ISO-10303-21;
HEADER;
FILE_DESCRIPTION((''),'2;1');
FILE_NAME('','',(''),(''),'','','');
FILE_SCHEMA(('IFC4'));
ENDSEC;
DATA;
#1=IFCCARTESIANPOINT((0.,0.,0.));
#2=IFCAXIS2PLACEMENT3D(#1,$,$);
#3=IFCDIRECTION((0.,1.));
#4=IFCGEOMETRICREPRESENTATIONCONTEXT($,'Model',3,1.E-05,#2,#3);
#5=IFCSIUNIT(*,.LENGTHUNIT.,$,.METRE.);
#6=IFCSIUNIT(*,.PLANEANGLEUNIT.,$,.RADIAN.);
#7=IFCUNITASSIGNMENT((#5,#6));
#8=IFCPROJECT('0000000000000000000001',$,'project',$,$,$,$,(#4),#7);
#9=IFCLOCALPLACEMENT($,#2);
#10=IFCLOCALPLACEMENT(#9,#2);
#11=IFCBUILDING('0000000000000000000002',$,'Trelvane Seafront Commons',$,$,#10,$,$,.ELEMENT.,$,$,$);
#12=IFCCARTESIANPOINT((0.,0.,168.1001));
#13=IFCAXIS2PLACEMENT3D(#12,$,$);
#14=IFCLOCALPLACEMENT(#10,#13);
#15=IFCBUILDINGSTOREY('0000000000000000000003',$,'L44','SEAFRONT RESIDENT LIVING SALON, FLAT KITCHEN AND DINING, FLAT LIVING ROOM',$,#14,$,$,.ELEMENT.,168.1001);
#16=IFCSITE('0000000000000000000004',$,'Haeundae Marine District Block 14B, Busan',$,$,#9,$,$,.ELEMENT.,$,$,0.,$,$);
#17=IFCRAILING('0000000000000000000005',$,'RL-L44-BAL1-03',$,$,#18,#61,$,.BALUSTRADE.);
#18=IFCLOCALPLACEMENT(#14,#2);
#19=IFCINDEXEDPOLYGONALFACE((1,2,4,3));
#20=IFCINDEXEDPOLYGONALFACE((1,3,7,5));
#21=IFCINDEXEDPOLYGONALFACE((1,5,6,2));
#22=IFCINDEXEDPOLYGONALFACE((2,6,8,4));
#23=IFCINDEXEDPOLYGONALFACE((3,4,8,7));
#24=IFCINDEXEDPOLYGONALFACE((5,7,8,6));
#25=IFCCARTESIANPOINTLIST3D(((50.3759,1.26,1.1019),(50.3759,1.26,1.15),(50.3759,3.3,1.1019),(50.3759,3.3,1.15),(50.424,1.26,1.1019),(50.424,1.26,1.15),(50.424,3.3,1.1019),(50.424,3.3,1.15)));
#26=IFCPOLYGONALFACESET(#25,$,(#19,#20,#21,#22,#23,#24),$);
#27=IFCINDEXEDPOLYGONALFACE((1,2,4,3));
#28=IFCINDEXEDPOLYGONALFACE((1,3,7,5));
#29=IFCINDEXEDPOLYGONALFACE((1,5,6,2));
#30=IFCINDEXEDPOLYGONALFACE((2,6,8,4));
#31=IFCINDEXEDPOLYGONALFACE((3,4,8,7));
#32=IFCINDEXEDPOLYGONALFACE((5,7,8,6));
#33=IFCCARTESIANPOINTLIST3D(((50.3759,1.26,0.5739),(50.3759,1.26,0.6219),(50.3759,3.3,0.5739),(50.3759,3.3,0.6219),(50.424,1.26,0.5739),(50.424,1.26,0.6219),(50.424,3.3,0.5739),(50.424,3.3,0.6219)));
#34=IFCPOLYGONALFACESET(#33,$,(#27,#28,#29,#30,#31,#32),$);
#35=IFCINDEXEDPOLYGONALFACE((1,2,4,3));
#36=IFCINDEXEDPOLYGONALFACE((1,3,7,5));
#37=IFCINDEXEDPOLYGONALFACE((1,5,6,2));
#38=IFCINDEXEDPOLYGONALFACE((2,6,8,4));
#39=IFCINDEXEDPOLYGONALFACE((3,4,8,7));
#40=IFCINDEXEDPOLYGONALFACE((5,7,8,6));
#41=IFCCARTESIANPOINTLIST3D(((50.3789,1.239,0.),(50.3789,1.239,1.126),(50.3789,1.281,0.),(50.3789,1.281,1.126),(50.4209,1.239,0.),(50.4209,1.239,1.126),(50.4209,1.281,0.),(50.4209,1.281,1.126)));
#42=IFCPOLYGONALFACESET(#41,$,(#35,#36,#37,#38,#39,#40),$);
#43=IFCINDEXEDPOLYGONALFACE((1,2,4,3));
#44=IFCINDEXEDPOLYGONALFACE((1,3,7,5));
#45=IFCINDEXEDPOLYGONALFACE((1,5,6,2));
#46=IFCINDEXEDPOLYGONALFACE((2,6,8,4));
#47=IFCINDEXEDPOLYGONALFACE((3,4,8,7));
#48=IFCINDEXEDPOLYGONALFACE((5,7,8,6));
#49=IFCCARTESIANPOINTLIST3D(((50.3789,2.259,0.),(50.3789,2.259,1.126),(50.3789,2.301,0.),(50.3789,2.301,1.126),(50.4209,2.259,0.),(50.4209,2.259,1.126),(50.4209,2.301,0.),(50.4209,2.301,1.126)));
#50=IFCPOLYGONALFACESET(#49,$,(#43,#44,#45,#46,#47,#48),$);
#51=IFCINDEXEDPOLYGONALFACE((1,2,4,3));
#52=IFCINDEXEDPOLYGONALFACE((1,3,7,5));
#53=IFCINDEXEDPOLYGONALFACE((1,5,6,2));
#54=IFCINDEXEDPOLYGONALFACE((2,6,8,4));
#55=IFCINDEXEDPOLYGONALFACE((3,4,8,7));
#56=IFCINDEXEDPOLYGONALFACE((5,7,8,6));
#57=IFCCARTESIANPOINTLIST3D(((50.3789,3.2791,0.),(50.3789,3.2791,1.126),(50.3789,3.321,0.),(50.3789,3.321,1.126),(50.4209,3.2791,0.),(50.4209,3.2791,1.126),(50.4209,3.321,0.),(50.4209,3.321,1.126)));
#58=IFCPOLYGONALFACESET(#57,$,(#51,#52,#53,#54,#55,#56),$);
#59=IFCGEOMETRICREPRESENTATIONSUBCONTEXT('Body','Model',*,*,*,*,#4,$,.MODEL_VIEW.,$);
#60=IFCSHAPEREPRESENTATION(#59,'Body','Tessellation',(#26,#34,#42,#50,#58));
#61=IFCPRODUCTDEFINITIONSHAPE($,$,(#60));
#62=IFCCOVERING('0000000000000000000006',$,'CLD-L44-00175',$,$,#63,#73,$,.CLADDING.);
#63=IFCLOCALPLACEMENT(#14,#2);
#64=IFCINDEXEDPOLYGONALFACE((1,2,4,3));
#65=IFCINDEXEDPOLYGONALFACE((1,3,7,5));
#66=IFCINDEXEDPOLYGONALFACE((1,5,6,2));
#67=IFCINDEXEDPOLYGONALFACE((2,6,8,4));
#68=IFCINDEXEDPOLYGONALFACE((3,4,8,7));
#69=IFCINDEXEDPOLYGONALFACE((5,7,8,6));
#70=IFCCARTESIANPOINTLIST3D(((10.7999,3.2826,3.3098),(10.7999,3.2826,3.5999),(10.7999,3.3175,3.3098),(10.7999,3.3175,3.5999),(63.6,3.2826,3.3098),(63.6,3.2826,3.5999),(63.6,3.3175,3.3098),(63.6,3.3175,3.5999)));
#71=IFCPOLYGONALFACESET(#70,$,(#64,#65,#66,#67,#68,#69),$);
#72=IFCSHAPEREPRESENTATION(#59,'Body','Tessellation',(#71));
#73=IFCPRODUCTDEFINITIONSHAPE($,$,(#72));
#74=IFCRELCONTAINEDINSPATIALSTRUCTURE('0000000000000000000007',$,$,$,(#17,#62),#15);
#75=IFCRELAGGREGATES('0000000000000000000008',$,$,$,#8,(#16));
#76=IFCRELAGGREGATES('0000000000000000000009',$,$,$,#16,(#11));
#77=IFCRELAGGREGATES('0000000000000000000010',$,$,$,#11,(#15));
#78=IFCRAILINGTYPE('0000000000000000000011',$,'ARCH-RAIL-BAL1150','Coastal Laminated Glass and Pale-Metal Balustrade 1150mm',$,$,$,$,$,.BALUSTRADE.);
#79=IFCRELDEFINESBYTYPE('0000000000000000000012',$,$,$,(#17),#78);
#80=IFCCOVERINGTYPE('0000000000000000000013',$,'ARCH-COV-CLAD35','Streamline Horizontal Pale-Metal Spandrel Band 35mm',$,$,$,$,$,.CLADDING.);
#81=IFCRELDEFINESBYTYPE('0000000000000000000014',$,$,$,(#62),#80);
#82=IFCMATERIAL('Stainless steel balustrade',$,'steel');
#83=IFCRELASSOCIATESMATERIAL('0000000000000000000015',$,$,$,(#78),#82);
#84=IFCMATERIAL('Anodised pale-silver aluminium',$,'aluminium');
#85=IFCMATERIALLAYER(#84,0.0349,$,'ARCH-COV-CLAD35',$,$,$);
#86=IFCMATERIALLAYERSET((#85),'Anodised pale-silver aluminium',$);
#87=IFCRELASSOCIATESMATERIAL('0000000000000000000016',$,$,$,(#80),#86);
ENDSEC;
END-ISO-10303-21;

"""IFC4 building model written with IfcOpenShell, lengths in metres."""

from ifc_helpers import new_model, si_unit, direction, frame, origin, origin_2d, place, context, subcontext, project, spatial, rectangle, extrude, source, transform, mapped, material, layer, layer_set, type_object, element, save


model = new_model("IFC4")

# Units and contexts
model_context = context("Model", 3, precision=1e-05, world=origin(), true_north=direction((0.0, 1.0)))
body_context = subcontext(model_context, "Body", "Model", "MODEL_VIEW")
ifc_project = project(units=[si_unit("LENGTHUNIT", "METRE"), si_unit("PLANEANGLEUNIT", "RADIAN")], contexts=[model_context])

# Site, building, storey
site_placement = place(None, origin())
site = spatial("IfcSite", under=ifc_project, at=site_placement, Name="Haeundae Marine District Block 14B, Busan", CompositionType="ELEMENT", RefElevation=0.0)
building_placement = place(site_placement, origin())
building = spatial("IfcBuilding", under=site, at=building_placement, Name="Trelvane Seafront Commons", CompositionType="ELEMENT")
storey_placement = place(building_placement, frame((0.0, 0.0, 168.1001)))
storey = spatial("IfcBuildingStorey", under=building, at=storey_placement, Name="L44", Description="SEAFRONT RESIDENT LIVING SALON, FLAT KITCHEN AND DINING, FLAT LIVING ROOM", CompositionType="ELEMENT", Elevation=168.1001)

# Shared definitions
ifc_material_1 = material(Name="Anodised pale-silver aluminium", Category="aluminium")

# Railing
ifc_material_2 = material(Name="Stainless steel balustrade", Category="steel")
railing_type = type_object("IfcRailingType", Name="ARCH-RAIL-BAL1150", Description="Coastal Laminated Glass and Pale-Metal Balustrade 1150mm", PredefinedType="BALUSTRADE", material=ifc_material_2)
railing_1_placement = place(storey_placement, frame((50.3999, 1.26, 0.0)))
element("IfcRailing", 1, at=railing_1_placement, inside=storey, type_object=railing_type, Name="RL-L44-BAL1-03", PredefinedType="BALUSTRADE", context=body_context, shape_type="SweptSolid", body=[
    extrude(rectangle(XDim=0.0481, YDim=0.0481, at=origin_2d()), frame((0.0, 0.0, 1.126), z_axis=(0.0, 1.0, 0.0), x_axis=(-1.0, 0.0, 0.0)), (0.0, 0.0, 1.0), 2.04),
    extrude(rectangle(XDim=0.0481, YDim=0.0481, at=origin_2d()), frame((0.0, 0.0, 0.5979), z_axis=(0.0, 1.0, 0.0), x_axis=(-1.0, 0.0, 0.0)), (0.0, 0.0, 1.0), 2.04),
    extrude(rectangle(XDim=0.042, YDim=0.042, at=origin_2d()), origin(), (0.0, 0.0, 1.0), 1.126),
    extrude(rectangle(XDim=0.042, YDim=0.042, at=origin_2d()), frame((0.0, 1.02, 0.0)), (0.0, 0.0, 1.0), 1.126),
    extrude(rectangle(XDim=0.042, YDim=0.042, at=origin_2d()), frame((0.0, 2.04, 0.0)), (0.0, 0.0, 1.0), 1.126),
])

# Covering
ifc_layer_1 = layer(ifc_material_1, 0.0349, Name="ARCH-COV-CLAD35")
ifc_layer_set_1 = layer_set([ifc_layer_1], Name="Anodised pale-silver aluminium")
covering_type = type_object("IfcCoveringType", Name="ARCH-COV-CLAD35", Description="Streamline Horizontal Pale-Metal Spandrel Band 35mm", PredefinedType="CLADDING", material=ifc_layer_set_1)
shared_shape_1 = source(origin(), body_context, "Body", "SweptSolid", [
    extrude(rectangle(XDim=52.8, YDim=0.0349, at=origin_2d()), origin(), (0.0, 0.0, 1.0), 0.29),
])
covering_placement = place(storey_placement, frame((37.2, 3.3, 3.3098), z_axis=(0.0, 0.0, 1.0), x_axis=(-1.0, 0.0, 0.0)))
element("IfcCovering", 2, at=covering_placement, inside=storey, type_object=covering_type, Name="CLD-L44-00175", PredefinedType="CLADDING", context=body_context, shape_type="MappedRepresentation", body=[
    mapped(shared_shape_1, transform((0.0, 0.0, 0.0), x_axis=(1.0, 0.0, 0.0), y_axis=(0.0, 1.0, 0.0), z_axis=(0.0, 0.0, 1.0), scale=1.0)),
])

save(model, "model.ifc")
